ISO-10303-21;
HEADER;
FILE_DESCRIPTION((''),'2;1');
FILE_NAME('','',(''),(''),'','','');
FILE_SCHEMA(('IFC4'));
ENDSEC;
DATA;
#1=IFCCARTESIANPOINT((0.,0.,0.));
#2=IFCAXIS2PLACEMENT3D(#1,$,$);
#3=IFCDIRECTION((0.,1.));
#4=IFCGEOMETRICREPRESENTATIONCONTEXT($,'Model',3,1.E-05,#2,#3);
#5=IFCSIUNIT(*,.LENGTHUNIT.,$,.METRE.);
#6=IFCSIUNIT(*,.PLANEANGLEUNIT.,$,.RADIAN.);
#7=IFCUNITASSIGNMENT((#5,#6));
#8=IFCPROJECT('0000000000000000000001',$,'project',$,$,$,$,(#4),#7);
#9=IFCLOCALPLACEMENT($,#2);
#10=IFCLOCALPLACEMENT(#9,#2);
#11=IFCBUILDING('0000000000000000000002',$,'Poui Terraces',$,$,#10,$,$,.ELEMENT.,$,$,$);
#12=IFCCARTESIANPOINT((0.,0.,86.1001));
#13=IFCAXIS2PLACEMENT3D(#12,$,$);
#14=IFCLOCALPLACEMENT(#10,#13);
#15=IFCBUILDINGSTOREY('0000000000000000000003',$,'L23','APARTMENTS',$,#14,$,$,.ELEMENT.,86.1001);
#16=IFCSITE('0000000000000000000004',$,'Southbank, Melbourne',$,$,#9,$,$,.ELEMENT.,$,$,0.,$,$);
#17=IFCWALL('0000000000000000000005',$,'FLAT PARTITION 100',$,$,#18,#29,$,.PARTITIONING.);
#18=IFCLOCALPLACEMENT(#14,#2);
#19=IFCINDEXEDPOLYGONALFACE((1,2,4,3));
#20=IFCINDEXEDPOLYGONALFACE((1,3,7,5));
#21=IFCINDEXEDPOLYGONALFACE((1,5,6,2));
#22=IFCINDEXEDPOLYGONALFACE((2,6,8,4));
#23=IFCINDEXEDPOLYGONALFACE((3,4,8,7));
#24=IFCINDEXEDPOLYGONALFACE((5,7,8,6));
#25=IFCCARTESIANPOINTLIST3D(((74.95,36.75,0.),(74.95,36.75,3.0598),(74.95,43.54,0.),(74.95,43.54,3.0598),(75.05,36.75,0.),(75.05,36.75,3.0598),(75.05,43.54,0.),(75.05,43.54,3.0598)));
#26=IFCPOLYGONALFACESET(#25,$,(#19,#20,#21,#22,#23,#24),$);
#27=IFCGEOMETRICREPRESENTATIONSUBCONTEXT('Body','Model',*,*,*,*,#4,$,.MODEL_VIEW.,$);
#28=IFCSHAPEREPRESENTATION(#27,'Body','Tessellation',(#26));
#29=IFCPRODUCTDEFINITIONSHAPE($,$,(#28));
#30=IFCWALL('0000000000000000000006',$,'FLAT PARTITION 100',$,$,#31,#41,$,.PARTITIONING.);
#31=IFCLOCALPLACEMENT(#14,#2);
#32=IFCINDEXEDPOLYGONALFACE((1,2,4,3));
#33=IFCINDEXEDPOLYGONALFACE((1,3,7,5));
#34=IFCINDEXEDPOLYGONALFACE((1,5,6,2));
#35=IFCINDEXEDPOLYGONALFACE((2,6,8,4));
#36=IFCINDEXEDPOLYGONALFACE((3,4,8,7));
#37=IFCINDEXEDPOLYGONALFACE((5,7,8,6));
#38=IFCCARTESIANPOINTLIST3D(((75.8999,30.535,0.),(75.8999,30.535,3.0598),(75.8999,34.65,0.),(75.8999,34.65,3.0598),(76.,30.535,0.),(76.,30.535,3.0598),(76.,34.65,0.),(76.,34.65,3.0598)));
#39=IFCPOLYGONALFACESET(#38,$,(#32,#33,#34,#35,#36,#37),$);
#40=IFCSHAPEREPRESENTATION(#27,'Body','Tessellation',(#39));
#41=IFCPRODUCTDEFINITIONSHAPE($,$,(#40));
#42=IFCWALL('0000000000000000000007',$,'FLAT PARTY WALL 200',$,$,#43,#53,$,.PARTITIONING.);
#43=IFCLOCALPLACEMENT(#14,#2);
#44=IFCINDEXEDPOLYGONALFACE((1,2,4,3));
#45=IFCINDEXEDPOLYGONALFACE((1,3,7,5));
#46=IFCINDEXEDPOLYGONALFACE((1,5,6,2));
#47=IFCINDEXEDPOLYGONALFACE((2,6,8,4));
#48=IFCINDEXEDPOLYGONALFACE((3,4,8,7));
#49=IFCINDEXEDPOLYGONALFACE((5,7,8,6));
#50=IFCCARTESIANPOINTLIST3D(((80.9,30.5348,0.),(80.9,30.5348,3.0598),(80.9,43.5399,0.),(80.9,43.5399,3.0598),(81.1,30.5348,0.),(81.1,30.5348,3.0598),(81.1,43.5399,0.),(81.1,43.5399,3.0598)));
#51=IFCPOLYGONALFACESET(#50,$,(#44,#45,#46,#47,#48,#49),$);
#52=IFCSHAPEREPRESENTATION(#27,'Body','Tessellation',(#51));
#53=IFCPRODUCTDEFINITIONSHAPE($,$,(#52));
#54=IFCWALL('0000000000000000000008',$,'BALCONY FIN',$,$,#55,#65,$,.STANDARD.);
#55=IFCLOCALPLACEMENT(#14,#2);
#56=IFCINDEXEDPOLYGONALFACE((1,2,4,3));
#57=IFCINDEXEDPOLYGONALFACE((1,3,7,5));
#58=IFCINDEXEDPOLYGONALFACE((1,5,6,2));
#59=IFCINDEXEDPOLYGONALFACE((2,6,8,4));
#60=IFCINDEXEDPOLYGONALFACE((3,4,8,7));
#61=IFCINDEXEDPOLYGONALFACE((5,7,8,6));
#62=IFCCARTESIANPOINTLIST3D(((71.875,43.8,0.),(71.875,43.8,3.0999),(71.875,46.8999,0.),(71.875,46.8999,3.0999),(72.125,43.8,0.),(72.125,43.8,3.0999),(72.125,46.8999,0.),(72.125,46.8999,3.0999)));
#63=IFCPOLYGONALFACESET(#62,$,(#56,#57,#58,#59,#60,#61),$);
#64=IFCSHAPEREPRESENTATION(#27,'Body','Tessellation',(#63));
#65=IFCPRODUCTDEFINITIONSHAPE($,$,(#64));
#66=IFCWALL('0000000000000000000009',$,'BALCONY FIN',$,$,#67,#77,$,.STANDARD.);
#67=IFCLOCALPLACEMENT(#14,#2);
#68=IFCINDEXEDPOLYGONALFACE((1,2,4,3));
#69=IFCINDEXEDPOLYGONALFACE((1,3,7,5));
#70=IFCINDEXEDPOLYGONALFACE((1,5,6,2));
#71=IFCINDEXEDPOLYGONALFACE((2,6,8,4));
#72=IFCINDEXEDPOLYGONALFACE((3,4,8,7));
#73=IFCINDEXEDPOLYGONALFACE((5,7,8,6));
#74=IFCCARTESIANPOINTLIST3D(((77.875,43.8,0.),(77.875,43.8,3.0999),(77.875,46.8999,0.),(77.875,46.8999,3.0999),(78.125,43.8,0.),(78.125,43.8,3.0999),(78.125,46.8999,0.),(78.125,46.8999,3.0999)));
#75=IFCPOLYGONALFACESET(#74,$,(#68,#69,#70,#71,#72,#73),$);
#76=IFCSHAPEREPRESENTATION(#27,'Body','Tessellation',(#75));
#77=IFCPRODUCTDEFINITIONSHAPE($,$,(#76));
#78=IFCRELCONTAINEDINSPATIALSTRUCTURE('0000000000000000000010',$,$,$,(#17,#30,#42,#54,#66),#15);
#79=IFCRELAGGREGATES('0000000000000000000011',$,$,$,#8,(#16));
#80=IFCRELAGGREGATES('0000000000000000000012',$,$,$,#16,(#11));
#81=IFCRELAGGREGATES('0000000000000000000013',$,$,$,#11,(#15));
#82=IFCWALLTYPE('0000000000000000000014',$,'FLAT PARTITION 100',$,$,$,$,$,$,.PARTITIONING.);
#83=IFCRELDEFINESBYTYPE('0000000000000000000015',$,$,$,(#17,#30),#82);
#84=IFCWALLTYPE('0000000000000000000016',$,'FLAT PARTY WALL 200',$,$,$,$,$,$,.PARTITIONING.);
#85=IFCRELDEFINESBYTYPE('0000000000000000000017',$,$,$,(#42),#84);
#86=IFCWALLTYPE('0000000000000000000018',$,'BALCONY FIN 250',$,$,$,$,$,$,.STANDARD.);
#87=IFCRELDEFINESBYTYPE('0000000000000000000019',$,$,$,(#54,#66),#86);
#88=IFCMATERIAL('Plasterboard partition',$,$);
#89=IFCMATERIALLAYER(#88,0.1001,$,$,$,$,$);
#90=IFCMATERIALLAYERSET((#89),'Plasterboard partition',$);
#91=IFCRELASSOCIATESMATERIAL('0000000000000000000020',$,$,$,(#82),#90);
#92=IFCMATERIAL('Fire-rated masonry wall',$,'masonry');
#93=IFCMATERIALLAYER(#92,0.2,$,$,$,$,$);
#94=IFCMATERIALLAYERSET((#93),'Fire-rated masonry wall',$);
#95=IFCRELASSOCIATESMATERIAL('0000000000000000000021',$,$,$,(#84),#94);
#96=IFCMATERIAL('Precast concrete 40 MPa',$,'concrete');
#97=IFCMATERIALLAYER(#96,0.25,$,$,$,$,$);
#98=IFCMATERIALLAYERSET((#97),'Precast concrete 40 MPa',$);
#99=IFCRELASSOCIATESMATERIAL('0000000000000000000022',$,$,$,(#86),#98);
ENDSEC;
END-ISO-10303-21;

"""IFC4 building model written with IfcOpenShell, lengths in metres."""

from ifc_helpers import new_model, si_unit, direction, frame, frame_2d, origin, place, context, subcontext, project, spatial, polyline, rectangle, outline, extrude, source, transform, mapped, material, layer, layer_set, type_object, element, save


model = new_model("IFC4")

# Units and contexts
model_context = context("Model", 3, precision=1e-05, world=origin(), true_north=direction((0.0, 1.0)))
body_context = subcontext(model_context, "Body", "Model", "MODEL_VIEW")
ifc_project = project(units=[si_unit("LENGTHUNIT", "METRE"), si_unit("PLANEANGLEUNIT", "RADIAN")], contexts=[model_context])

# Site, building, storey
site_placement = place(None, origin())
site = spatial("IfcSite", under=ifc_project, at=site_placement, Name="Southbank, Melbourne", CompositionType="ELEMENT", RefElevation=0.0)
building_placement = place(site_placement, origin())
building = spatial("IfcBuilding", under=site, at=building_placement, Name="Poui Terraces", CompositionType="ELEMENT")
storey_placement = place(building_placement, frame((0.0, 0.0, 86.1001)))
storey = spatial("IfcBuildingStorey", under=building, at=storey_placement, Name="L23", Description="APARTMENTS", CompositionType="ELEMENT", Elevation=86.1001)

# Shared definitions
ifc_material_1 = material(Name="Plasterboard partition")
ifc_layer_1 = layer(ifc_material_1, 0.1001)
ifc_layer_set_1 = layer_set([ifc_layer_1], Name="Plasterboard partition")
wall_type_1 = type_object("IfcWallType", Name="FLAT PARTITION 100", PredefinedType="PARTITIONING", material=ifc_layer_set_1)

# Walls
wall_1_placement = place(storey_placement, frame((75.0, 36.75, 0.0), z_axis=(0.0, 0.0, 1.0), x_axis=(0.0, 1.0, 0.0)))
element("IfcWall", 1, at=wall_1_placement, inside=storey, type_object=wall_type_1, Name="FLAT PARTITION 100", PredefinedType="PARTITIONING", context=body_context, shape_type="SweptSolid", body=[
    extrude(rectangle(XDim=6.79, YDim=0.1001, at=frame_2d((3.395, 0.0))), origin(), (0.0, 0.0, 1.0), 3.0598),
])
wall_2_placement = place(storey_placement, frame((75.95, 30.5349, 0.0), z_axis=(0.0, 0.0, 1.0), x_axis=(0.0, 1.0, 0.0)))
element("IfcWall", 2, at=wall_2_placement, inside=storey, type_object=wall_type_1, Name="FLAT PARTITION 100", PredefinedType="PARTITIONING", context=body_context, shape_type="SweptSolid", body=[
    extrude(rectangle(XDim=4.115, YDim=0.1001, at=frame_2d((2.0576, 0.0))), origin(), (0.0, 0.0, 1.0), 3.0598),
])
ifc_material_2 = material(Name="Fire-rated masonry wall", Category="masonry")
ifc_layer_2 = layer(ifc_material_2, 0.2)
ifc_layer_set_2 = layer_set([ifc_layer_2], Name="Fire-rated masonry wall")
wall_type_2 = type_object("IfcWallType", Name="FLAT PARTY WALL 200", PredefinedType="PARTITIONING", material=ifc_layer_set_2)
wall_3_placement = place(storey_placement, frame((81.0, 30.5349, 0.0), z_axis=(0.0, 0.0, 1.0), x_axis=(0.0, 1.0, 0.0)))
element("IfcWall", 3, at=wall_3_placement, inside=storey, type_object=wall_type_2, Name="FLAT PARTY WALL 200", PredefinedType="PARTITIONING", context=body_context, shape_type="SweptSolid", body=[
    extrude(rectangle(XDim=13.0051, YDim=0.2, at=frame_2d((6.5024, 0.0))), origin(), (0.0, 0.0, 1.0), 3.0598),
])
ifc_material_3 = material(Name="Precast concrete 40 MPa", Category="concrete")
ifc_layer_3 = layer(ifc_material_3, 0.25)
ifc_layer_set_3 = layer_set([ifc_layer_3], Name="Precast concrete 40 MPa")
wall_type_3 = type_object("IfcWallType", Name="BALCONY FIN 250", PredefinedType="STANDARD", material=ifc_layer_set_3)
shared_shape_1 = source(origin(), body_context, "Body", "SweptSolid", [
    extrude(outline(polyline([(0.0, 0.0), (0.25, 0.0), (0.25, 3.0999), (0.0, 3.0999), (0.0, 0.0)])), origin(), (0.0, 0.0, 1.0), 3.0999),
])
for number, where, name in (
    (4, (71.875, 43.8, 0.0), "BALCONY FIN"),
    (5, (77.875, 43.8, 0.0), "BALCONY FIN"),
):
    element("IfcWall", number, at=place(storey_placement, frame(where)), inside=storey, type_object=wall_type_3, Name=name, PredefinedType="STANDARD", context=body_context, shape_type="MappedRepresentation", body=[
        mapped(shared_shape_1, transform((0.0, 0.0, 0.0))),
    ])

save(model, "model.ifc")
